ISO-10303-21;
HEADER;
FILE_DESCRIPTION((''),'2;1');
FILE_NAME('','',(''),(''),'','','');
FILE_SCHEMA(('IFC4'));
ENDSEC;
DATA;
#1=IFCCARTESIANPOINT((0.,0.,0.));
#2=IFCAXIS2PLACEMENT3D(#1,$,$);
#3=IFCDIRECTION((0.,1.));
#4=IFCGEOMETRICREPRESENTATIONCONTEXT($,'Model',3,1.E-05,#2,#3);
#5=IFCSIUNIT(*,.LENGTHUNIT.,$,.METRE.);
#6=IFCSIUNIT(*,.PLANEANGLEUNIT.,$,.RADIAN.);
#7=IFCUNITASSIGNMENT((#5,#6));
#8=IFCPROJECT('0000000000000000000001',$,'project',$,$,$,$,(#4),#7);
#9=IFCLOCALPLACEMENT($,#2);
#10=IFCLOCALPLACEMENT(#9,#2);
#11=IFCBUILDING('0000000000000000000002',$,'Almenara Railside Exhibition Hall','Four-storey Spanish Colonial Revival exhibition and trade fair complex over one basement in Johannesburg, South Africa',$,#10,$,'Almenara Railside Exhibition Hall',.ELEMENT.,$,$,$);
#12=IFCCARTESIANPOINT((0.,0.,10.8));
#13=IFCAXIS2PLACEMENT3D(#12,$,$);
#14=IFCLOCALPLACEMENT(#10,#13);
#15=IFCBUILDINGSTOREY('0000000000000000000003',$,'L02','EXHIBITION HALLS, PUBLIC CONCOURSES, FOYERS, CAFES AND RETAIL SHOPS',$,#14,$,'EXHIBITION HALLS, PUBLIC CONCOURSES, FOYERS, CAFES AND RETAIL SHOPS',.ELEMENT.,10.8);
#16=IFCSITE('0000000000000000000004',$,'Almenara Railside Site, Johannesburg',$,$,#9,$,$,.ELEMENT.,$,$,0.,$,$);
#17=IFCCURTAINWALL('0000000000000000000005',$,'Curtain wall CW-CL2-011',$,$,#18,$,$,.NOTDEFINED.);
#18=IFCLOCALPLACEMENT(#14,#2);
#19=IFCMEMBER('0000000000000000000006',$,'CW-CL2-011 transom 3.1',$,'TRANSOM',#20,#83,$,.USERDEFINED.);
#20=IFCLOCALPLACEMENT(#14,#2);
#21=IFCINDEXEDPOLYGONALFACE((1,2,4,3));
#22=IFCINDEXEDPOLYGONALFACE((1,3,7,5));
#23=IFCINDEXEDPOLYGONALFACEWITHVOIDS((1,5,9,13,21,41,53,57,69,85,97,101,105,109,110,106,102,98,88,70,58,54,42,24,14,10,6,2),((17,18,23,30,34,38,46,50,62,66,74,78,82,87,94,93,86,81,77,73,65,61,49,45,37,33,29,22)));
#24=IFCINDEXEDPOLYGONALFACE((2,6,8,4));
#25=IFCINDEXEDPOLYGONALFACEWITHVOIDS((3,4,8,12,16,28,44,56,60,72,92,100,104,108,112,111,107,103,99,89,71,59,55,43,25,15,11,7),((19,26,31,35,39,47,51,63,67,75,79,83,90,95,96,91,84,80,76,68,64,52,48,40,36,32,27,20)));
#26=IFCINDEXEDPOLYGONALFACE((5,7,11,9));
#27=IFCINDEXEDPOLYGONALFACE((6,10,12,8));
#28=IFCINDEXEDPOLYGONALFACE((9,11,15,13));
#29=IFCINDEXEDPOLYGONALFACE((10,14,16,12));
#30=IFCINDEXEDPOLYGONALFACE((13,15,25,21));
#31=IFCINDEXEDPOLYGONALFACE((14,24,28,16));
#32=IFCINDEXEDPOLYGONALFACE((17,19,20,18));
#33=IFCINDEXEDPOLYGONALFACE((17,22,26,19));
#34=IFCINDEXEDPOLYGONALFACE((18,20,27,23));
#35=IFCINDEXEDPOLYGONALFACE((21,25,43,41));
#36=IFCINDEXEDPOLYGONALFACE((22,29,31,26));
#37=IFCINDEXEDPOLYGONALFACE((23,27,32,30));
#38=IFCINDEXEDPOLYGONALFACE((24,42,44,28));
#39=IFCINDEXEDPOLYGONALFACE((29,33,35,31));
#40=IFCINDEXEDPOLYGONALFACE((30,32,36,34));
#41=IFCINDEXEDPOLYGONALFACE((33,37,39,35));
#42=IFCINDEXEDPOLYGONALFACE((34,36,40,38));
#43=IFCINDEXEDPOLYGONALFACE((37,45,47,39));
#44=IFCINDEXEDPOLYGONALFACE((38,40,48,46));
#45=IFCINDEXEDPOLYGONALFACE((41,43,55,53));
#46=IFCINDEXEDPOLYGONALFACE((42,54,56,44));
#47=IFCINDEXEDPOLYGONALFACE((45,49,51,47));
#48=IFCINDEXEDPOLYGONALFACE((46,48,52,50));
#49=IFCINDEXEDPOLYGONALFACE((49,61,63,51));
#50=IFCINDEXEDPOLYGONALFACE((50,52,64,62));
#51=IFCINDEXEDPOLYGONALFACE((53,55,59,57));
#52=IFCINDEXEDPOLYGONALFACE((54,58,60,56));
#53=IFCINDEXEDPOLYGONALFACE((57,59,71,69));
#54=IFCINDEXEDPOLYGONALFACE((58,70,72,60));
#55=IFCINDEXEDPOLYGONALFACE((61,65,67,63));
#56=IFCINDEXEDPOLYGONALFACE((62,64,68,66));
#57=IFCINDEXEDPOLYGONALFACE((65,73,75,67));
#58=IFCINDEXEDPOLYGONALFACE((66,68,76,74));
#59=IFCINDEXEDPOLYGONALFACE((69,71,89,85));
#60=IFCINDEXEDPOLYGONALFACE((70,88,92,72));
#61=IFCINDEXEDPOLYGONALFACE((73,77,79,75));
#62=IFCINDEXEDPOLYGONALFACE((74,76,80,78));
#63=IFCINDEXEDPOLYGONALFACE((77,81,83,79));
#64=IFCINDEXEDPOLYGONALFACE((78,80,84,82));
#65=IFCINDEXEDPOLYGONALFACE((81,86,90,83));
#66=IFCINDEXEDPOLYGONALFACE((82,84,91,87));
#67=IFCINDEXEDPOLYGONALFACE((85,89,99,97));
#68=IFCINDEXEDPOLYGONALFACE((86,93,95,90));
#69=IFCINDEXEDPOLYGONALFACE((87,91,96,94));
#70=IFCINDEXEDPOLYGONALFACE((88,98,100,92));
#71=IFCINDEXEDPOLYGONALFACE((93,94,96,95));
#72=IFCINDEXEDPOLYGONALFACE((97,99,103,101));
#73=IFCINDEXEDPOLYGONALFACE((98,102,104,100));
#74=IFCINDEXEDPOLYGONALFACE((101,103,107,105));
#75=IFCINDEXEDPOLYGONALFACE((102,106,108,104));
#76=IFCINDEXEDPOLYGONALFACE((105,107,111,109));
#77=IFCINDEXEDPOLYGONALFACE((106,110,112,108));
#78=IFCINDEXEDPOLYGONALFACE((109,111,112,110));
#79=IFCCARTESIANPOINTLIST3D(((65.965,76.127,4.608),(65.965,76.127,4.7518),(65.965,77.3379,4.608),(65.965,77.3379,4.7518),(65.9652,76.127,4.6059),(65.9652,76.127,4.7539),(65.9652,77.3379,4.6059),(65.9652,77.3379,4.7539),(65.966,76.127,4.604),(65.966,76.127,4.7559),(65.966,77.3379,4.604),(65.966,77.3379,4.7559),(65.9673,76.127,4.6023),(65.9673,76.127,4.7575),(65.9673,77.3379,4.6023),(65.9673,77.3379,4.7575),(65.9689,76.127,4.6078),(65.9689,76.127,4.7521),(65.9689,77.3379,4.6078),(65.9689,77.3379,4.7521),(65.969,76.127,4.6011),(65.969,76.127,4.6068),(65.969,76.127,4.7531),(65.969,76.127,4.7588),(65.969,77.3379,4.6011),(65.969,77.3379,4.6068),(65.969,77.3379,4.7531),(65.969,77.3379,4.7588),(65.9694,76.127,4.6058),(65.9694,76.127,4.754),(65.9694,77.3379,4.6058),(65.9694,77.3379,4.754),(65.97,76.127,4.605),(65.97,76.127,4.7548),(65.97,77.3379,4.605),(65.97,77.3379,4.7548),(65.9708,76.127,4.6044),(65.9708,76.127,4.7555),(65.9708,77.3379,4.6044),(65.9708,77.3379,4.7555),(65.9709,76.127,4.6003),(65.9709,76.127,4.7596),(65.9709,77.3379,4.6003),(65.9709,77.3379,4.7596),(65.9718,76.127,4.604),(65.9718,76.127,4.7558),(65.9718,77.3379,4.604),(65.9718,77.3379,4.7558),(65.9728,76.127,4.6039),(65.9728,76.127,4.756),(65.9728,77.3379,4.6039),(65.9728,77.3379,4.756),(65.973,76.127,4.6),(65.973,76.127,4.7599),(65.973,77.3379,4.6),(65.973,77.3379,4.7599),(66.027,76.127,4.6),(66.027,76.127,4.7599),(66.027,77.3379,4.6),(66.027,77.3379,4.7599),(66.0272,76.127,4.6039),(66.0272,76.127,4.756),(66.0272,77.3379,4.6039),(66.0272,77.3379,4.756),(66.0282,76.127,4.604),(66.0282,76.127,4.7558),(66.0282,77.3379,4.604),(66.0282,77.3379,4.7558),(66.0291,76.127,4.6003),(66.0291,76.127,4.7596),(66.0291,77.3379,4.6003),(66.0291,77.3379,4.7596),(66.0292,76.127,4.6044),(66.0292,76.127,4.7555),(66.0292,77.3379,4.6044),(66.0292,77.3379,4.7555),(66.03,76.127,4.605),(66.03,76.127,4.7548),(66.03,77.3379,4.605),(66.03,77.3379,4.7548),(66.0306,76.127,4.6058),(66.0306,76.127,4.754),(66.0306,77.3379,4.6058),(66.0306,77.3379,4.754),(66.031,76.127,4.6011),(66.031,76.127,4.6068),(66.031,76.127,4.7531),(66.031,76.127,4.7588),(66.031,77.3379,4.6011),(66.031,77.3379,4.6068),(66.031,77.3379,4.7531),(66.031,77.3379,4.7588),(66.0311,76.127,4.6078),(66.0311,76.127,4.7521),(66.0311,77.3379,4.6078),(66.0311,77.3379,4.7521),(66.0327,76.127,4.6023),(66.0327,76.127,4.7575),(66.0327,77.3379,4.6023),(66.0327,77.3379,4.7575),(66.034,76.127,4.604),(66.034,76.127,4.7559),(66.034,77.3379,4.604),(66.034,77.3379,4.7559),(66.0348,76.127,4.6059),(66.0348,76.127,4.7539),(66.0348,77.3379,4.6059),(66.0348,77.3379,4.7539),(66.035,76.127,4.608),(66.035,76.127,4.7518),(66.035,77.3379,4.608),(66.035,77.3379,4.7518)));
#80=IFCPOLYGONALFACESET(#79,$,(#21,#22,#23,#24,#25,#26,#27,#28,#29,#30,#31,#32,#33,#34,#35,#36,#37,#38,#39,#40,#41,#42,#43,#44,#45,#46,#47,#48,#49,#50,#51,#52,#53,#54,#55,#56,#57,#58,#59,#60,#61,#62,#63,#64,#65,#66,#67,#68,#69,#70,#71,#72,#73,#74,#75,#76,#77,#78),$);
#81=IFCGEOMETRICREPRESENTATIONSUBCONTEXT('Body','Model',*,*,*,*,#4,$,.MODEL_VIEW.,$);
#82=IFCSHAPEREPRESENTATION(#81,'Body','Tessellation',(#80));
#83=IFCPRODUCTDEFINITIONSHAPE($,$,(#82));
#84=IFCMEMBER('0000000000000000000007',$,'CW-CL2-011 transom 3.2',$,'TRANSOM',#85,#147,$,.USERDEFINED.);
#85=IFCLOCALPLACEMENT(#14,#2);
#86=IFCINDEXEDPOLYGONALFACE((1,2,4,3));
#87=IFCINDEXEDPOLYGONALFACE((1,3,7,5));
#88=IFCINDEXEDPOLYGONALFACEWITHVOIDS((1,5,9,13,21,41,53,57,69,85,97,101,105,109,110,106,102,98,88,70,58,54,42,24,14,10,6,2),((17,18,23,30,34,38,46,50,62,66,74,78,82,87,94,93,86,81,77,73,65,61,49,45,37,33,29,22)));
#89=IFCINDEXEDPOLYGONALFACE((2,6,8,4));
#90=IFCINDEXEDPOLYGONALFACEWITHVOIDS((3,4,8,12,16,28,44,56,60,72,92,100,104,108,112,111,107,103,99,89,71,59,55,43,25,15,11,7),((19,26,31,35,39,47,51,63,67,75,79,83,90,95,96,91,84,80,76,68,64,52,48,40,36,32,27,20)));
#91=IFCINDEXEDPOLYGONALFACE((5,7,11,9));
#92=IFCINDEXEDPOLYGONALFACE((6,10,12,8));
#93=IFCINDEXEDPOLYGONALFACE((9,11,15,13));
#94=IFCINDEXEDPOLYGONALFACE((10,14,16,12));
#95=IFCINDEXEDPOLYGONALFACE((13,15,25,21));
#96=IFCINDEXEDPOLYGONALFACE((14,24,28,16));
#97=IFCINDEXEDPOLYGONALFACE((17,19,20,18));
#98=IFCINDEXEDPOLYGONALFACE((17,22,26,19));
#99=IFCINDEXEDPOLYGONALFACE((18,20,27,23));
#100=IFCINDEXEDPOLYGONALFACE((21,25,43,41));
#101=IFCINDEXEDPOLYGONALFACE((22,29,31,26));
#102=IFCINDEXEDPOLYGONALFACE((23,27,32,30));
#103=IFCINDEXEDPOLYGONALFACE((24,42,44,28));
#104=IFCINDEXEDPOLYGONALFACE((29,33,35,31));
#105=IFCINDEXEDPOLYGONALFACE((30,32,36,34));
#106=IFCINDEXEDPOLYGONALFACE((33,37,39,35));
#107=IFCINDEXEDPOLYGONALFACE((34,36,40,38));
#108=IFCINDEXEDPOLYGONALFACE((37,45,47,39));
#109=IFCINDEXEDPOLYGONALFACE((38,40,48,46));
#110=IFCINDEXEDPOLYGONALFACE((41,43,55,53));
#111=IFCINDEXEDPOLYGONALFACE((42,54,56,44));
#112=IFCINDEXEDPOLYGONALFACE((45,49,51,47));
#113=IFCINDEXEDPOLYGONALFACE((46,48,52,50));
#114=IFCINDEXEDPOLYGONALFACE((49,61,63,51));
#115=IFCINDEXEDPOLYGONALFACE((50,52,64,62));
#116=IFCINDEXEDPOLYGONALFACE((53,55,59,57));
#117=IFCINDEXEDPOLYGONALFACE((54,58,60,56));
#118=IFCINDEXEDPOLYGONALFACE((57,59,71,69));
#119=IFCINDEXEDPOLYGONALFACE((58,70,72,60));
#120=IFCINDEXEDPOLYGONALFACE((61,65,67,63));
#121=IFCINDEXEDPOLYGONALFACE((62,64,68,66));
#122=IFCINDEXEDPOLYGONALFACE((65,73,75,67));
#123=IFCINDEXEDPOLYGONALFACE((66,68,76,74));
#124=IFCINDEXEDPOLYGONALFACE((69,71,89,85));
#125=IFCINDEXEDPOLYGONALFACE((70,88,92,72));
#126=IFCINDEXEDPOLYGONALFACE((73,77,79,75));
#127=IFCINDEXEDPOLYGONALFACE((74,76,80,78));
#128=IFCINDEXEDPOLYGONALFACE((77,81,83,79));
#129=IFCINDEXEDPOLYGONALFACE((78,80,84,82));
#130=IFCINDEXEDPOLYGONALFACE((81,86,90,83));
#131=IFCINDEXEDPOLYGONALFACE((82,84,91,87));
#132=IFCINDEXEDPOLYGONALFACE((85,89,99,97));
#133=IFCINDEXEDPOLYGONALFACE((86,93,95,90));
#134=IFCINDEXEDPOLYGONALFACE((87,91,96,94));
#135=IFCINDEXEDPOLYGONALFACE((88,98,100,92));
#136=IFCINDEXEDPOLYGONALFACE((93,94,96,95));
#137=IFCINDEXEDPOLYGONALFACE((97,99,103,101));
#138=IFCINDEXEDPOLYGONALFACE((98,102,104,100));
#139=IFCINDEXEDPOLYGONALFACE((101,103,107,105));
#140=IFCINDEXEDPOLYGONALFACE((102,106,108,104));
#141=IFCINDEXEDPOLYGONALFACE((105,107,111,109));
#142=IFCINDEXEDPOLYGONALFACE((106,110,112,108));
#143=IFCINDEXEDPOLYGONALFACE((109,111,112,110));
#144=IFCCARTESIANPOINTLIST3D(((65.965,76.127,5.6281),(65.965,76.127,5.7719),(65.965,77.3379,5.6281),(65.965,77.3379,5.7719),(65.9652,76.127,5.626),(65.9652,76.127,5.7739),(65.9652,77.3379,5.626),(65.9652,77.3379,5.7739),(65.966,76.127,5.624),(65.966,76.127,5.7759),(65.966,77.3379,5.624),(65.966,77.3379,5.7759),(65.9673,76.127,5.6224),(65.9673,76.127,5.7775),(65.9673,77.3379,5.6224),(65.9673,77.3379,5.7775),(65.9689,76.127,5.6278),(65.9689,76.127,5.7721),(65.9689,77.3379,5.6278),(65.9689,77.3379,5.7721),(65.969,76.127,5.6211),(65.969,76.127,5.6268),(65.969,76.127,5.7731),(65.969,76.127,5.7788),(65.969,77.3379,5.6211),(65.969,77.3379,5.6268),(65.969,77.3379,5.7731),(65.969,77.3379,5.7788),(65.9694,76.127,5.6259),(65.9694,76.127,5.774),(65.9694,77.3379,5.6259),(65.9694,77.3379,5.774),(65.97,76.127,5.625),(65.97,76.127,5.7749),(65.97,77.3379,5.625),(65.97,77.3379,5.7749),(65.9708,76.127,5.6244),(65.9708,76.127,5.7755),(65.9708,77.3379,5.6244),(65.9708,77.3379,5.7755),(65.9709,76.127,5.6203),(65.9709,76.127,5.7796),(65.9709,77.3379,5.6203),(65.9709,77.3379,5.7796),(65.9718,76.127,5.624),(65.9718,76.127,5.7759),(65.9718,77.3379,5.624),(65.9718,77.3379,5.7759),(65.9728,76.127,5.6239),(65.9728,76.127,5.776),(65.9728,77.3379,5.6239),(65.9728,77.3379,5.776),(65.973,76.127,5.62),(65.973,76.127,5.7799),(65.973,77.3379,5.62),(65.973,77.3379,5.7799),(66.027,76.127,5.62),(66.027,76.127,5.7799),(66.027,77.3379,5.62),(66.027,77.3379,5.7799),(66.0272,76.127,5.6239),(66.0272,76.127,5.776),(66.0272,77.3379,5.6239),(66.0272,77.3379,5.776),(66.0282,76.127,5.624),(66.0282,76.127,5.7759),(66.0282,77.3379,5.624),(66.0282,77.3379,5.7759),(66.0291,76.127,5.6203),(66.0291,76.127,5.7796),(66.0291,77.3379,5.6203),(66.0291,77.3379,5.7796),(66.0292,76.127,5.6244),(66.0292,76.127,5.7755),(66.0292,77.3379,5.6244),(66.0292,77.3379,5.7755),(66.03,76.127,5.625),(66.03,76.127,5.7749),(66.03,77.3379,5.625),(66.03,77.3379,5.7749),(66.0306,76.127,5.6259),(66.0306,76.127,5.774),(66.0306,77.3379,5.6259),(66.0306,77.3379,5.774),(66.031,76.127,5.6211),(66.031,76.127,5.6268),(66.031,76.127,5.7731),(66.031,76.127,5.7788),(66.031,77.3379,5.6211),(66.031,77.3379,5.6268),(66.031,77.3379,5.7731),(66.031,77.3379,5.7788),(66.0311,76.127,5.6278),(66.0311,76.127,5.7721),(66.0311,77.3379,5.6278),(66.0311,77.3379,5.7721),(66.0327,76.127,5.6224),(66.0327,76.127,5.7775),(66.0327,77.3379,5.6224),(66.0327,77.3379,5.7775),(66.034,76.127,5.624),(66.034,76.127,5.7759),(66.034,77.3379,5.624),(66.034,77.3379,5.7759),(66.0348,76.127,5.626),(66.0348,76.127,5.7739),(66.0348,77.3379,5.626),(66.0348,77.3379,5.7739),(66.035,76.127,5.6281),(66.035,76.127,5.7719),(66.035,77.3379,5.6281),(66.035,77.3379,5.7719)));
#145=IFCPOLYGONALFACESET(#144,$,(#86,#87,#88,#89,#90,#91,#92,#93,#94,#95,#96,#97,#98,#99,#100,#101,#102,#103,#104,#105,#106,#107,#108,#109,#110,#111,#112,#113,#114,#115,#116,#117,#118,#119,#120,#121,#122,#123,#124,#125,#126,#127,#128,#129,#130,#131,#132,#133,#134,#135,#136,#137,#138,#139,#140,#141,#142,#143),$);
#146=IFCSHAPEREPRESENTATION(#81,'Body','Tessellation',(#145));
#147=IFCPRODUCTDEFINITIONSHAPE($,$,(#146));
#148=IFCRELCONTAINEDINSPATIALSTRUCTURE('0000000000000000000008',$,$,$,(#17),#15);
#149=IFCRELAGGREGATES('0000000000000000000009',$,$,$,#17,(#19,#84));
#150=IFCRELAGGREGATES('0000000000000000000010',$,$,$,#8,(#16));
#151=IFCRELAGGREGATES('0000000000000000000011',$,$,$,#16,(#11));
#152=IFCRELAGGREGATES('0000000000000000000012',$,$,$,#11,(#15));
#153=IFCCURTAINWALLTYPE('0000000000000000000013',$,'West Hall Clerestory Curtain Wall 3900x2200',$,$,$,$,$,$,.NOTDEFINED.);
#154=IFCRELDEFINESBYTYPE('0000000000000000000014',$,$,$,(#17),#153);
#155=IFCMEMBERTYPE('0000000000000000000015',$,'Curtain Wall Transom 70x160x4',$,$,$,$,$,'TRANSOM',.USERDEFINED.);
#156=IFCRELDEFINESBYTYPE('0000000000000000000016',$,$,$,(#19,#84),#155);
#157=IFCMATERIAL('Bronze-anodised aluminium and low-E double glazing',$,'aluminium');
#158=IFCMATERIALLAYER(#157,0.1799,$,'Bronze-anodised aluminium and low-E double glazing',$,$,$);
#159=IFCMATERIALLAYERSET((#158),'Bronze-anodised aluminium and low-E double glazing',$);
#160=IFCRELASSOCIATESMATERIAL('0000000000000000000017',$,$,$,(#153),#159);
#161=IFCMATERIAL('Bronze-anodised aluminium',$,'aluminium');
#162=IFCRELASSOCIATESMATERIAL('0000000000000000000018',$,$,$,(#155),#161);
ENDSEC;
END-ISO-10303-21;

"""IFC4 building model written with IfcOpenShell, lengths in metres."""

from ifc_helpers import new_model, si_unit, direction, frame, origin, origin_2d, place, context, subcontext, project, spatial, hollow_rectangle, extrude, material, layer, layer_set, material_profile, profile_set, type_object, element, aggregate, save


model = new_model("IFC4")

# Units and contexts
model_context = context("Model", 3, precision=1e-05, world=origin(), true_north=direction((0.0, 1.0)))
body_context = subcontext(model_context, "Body", "Model", "MODEL_VIEW")
ifc_project = project(units=[si_unit("LENGTHUNIT", "METRE"), si_unit("PLANEANGLEUNIT", "RADIAN")], contexts=[model_context])

# Site, building, storey
site_placement = place(None, origin())
site = spatial("IfcSite", under=ifc_project, at=site_placement, Name="Almenara Railside Site, Johannesburg", CompositionType="ELEMENT", RefElevation=0.0)
building_placement = place(site_placement, origin())
building = spatial("IfcBuilding", under=site, at=building_placement, Name="Almenara Railside Exhibition Hall", Description="Four-storey Spanish Colonial Revival exhibition and trade fair complex over one basement in Johannesburg, South Africa", LongName="Almenara Railside Exhibition Hall", CompositionType="ELEMENT")
storey_placement = place(building_placement, frame((0.0, 0.0, 10.8)))
storey = spatial("IfcBuildingStorey", under=building, at=storey_placement, Name="L02", Description="EXHIBITION HALLS, PUBLIC CONCOURSES, FOYERS, CAFES AND RETAIL SHOPS", LongName="EXHIBITION HALLS, PUBLIC CONCOURSES, FOYERS, CAFES AND RETAIL SHOPS", CompositionType="ELEMENT", Elevation=10.8)

# Curtain wall
ifc_material_1 = material(Name="Bronze-anodised aluminium and low-E double glazing", Category="aluminium")
ifc_layer_1 = layer(ifc_material_1, 0.1799, Name="Bronze-anodised aluminium and low-E double glazing")
ifc_layer_set_1 = layer_set([ifc_layer_1], Name="Bronze-anodised aluminium and low-E double glazing")
curtain_wall_type = type_object("IfcCurtainWallType", Name="West Hall Clerestory Curtain Wall 3900x2200", PredefinedType="NOTDEFINED", material=ifc_layer_set_1)
ifc_material_2 = material(Name="Bronze-anodised aluminium", Category="aluminium")
curtain_wall_1_placement = place(storey_placement, origin())
curtain_wall_1 = element("IfcCurtainWall", 1, at=curtain_wall_1_placement, inside=storey, type_object=curtain_wall_type, Name="Curtain wall CW-CL2-011", PredefinedType="NOTDEFINED")

# Members
ifc_material_profile_1 = material_profile(ifc_material_2, hollow_rectangle(XDim=0.0701, YDim=0.1599, WallThickness=0.0039, InnerFilletRadius=0.0039, OuterFilletRadius=0.0081, at=origin_2d()), Name="ALU-TRN 70x160x4")
ifc_profile_set_1 = profile_set([ifc_material_profile_1], Name="Bronze-anodised aluminium")
member_type_1 = type_object("IfcMemberType", Name="Curtain Wall Transom 70x160x4", ElementType="TRANSOM", PredefinedType="USERDEFINED", material=ifc_profile_set_1)
member_1_placement = place(storey_placement, frame((66.0, 76.127, 4.6799), z_axis=(0.0, 1.0, 0.0), x_axis=(-1.0, 0.0, 0.0)))
member_1 = element("IfcMember", 2, at=member_1_placement, type_object=member_type_1, Name="CW-CL2-011 transom 3.1", ObjectType="TRANSOM", PredefinedType="USERDEFINED", context=body_context, shape_type="SweptSolid", body=[
    extrude(hollow_rectangle(XDim=0.0701, YDim=0.1599, WallThickness=0.0039, InnerFilletRadius=0.0039, OuterFilletRadius=0.0081, at=origin_2d()), origin(), (0.0, 0.0, 1.0), 1.2109),
])
member_2_placement = place(storey_placement, frame((66.0, 76.127, 5.7), z_axis=(0.0, 1.0, 0.0), x_axis=(-1.0, 0.0, 0.0)))
member_2 = element("IfcMember", 3, at=member_2_placement, type_object=member_type_1, Name="CW-CL2-011 transom 3.2", ObjectType="TRANSOM", PredefinedType="USERDEFINED", context=body_context, shape_type="SweptSolid", body=[
    extrude(hollow_rectangle(XDim=0.0701, YDim=0.1599, WallThickness=0.0039, InnerFilletRadius=0.0039, OuterFilletRadius=0.0081, at=origin_2d()), origin(), (0.0, 0.0, 1.0), 1.2109),
])

aggregate(curtain_wall_1, [member_1, member_2])

save(model, "model.ifc")
